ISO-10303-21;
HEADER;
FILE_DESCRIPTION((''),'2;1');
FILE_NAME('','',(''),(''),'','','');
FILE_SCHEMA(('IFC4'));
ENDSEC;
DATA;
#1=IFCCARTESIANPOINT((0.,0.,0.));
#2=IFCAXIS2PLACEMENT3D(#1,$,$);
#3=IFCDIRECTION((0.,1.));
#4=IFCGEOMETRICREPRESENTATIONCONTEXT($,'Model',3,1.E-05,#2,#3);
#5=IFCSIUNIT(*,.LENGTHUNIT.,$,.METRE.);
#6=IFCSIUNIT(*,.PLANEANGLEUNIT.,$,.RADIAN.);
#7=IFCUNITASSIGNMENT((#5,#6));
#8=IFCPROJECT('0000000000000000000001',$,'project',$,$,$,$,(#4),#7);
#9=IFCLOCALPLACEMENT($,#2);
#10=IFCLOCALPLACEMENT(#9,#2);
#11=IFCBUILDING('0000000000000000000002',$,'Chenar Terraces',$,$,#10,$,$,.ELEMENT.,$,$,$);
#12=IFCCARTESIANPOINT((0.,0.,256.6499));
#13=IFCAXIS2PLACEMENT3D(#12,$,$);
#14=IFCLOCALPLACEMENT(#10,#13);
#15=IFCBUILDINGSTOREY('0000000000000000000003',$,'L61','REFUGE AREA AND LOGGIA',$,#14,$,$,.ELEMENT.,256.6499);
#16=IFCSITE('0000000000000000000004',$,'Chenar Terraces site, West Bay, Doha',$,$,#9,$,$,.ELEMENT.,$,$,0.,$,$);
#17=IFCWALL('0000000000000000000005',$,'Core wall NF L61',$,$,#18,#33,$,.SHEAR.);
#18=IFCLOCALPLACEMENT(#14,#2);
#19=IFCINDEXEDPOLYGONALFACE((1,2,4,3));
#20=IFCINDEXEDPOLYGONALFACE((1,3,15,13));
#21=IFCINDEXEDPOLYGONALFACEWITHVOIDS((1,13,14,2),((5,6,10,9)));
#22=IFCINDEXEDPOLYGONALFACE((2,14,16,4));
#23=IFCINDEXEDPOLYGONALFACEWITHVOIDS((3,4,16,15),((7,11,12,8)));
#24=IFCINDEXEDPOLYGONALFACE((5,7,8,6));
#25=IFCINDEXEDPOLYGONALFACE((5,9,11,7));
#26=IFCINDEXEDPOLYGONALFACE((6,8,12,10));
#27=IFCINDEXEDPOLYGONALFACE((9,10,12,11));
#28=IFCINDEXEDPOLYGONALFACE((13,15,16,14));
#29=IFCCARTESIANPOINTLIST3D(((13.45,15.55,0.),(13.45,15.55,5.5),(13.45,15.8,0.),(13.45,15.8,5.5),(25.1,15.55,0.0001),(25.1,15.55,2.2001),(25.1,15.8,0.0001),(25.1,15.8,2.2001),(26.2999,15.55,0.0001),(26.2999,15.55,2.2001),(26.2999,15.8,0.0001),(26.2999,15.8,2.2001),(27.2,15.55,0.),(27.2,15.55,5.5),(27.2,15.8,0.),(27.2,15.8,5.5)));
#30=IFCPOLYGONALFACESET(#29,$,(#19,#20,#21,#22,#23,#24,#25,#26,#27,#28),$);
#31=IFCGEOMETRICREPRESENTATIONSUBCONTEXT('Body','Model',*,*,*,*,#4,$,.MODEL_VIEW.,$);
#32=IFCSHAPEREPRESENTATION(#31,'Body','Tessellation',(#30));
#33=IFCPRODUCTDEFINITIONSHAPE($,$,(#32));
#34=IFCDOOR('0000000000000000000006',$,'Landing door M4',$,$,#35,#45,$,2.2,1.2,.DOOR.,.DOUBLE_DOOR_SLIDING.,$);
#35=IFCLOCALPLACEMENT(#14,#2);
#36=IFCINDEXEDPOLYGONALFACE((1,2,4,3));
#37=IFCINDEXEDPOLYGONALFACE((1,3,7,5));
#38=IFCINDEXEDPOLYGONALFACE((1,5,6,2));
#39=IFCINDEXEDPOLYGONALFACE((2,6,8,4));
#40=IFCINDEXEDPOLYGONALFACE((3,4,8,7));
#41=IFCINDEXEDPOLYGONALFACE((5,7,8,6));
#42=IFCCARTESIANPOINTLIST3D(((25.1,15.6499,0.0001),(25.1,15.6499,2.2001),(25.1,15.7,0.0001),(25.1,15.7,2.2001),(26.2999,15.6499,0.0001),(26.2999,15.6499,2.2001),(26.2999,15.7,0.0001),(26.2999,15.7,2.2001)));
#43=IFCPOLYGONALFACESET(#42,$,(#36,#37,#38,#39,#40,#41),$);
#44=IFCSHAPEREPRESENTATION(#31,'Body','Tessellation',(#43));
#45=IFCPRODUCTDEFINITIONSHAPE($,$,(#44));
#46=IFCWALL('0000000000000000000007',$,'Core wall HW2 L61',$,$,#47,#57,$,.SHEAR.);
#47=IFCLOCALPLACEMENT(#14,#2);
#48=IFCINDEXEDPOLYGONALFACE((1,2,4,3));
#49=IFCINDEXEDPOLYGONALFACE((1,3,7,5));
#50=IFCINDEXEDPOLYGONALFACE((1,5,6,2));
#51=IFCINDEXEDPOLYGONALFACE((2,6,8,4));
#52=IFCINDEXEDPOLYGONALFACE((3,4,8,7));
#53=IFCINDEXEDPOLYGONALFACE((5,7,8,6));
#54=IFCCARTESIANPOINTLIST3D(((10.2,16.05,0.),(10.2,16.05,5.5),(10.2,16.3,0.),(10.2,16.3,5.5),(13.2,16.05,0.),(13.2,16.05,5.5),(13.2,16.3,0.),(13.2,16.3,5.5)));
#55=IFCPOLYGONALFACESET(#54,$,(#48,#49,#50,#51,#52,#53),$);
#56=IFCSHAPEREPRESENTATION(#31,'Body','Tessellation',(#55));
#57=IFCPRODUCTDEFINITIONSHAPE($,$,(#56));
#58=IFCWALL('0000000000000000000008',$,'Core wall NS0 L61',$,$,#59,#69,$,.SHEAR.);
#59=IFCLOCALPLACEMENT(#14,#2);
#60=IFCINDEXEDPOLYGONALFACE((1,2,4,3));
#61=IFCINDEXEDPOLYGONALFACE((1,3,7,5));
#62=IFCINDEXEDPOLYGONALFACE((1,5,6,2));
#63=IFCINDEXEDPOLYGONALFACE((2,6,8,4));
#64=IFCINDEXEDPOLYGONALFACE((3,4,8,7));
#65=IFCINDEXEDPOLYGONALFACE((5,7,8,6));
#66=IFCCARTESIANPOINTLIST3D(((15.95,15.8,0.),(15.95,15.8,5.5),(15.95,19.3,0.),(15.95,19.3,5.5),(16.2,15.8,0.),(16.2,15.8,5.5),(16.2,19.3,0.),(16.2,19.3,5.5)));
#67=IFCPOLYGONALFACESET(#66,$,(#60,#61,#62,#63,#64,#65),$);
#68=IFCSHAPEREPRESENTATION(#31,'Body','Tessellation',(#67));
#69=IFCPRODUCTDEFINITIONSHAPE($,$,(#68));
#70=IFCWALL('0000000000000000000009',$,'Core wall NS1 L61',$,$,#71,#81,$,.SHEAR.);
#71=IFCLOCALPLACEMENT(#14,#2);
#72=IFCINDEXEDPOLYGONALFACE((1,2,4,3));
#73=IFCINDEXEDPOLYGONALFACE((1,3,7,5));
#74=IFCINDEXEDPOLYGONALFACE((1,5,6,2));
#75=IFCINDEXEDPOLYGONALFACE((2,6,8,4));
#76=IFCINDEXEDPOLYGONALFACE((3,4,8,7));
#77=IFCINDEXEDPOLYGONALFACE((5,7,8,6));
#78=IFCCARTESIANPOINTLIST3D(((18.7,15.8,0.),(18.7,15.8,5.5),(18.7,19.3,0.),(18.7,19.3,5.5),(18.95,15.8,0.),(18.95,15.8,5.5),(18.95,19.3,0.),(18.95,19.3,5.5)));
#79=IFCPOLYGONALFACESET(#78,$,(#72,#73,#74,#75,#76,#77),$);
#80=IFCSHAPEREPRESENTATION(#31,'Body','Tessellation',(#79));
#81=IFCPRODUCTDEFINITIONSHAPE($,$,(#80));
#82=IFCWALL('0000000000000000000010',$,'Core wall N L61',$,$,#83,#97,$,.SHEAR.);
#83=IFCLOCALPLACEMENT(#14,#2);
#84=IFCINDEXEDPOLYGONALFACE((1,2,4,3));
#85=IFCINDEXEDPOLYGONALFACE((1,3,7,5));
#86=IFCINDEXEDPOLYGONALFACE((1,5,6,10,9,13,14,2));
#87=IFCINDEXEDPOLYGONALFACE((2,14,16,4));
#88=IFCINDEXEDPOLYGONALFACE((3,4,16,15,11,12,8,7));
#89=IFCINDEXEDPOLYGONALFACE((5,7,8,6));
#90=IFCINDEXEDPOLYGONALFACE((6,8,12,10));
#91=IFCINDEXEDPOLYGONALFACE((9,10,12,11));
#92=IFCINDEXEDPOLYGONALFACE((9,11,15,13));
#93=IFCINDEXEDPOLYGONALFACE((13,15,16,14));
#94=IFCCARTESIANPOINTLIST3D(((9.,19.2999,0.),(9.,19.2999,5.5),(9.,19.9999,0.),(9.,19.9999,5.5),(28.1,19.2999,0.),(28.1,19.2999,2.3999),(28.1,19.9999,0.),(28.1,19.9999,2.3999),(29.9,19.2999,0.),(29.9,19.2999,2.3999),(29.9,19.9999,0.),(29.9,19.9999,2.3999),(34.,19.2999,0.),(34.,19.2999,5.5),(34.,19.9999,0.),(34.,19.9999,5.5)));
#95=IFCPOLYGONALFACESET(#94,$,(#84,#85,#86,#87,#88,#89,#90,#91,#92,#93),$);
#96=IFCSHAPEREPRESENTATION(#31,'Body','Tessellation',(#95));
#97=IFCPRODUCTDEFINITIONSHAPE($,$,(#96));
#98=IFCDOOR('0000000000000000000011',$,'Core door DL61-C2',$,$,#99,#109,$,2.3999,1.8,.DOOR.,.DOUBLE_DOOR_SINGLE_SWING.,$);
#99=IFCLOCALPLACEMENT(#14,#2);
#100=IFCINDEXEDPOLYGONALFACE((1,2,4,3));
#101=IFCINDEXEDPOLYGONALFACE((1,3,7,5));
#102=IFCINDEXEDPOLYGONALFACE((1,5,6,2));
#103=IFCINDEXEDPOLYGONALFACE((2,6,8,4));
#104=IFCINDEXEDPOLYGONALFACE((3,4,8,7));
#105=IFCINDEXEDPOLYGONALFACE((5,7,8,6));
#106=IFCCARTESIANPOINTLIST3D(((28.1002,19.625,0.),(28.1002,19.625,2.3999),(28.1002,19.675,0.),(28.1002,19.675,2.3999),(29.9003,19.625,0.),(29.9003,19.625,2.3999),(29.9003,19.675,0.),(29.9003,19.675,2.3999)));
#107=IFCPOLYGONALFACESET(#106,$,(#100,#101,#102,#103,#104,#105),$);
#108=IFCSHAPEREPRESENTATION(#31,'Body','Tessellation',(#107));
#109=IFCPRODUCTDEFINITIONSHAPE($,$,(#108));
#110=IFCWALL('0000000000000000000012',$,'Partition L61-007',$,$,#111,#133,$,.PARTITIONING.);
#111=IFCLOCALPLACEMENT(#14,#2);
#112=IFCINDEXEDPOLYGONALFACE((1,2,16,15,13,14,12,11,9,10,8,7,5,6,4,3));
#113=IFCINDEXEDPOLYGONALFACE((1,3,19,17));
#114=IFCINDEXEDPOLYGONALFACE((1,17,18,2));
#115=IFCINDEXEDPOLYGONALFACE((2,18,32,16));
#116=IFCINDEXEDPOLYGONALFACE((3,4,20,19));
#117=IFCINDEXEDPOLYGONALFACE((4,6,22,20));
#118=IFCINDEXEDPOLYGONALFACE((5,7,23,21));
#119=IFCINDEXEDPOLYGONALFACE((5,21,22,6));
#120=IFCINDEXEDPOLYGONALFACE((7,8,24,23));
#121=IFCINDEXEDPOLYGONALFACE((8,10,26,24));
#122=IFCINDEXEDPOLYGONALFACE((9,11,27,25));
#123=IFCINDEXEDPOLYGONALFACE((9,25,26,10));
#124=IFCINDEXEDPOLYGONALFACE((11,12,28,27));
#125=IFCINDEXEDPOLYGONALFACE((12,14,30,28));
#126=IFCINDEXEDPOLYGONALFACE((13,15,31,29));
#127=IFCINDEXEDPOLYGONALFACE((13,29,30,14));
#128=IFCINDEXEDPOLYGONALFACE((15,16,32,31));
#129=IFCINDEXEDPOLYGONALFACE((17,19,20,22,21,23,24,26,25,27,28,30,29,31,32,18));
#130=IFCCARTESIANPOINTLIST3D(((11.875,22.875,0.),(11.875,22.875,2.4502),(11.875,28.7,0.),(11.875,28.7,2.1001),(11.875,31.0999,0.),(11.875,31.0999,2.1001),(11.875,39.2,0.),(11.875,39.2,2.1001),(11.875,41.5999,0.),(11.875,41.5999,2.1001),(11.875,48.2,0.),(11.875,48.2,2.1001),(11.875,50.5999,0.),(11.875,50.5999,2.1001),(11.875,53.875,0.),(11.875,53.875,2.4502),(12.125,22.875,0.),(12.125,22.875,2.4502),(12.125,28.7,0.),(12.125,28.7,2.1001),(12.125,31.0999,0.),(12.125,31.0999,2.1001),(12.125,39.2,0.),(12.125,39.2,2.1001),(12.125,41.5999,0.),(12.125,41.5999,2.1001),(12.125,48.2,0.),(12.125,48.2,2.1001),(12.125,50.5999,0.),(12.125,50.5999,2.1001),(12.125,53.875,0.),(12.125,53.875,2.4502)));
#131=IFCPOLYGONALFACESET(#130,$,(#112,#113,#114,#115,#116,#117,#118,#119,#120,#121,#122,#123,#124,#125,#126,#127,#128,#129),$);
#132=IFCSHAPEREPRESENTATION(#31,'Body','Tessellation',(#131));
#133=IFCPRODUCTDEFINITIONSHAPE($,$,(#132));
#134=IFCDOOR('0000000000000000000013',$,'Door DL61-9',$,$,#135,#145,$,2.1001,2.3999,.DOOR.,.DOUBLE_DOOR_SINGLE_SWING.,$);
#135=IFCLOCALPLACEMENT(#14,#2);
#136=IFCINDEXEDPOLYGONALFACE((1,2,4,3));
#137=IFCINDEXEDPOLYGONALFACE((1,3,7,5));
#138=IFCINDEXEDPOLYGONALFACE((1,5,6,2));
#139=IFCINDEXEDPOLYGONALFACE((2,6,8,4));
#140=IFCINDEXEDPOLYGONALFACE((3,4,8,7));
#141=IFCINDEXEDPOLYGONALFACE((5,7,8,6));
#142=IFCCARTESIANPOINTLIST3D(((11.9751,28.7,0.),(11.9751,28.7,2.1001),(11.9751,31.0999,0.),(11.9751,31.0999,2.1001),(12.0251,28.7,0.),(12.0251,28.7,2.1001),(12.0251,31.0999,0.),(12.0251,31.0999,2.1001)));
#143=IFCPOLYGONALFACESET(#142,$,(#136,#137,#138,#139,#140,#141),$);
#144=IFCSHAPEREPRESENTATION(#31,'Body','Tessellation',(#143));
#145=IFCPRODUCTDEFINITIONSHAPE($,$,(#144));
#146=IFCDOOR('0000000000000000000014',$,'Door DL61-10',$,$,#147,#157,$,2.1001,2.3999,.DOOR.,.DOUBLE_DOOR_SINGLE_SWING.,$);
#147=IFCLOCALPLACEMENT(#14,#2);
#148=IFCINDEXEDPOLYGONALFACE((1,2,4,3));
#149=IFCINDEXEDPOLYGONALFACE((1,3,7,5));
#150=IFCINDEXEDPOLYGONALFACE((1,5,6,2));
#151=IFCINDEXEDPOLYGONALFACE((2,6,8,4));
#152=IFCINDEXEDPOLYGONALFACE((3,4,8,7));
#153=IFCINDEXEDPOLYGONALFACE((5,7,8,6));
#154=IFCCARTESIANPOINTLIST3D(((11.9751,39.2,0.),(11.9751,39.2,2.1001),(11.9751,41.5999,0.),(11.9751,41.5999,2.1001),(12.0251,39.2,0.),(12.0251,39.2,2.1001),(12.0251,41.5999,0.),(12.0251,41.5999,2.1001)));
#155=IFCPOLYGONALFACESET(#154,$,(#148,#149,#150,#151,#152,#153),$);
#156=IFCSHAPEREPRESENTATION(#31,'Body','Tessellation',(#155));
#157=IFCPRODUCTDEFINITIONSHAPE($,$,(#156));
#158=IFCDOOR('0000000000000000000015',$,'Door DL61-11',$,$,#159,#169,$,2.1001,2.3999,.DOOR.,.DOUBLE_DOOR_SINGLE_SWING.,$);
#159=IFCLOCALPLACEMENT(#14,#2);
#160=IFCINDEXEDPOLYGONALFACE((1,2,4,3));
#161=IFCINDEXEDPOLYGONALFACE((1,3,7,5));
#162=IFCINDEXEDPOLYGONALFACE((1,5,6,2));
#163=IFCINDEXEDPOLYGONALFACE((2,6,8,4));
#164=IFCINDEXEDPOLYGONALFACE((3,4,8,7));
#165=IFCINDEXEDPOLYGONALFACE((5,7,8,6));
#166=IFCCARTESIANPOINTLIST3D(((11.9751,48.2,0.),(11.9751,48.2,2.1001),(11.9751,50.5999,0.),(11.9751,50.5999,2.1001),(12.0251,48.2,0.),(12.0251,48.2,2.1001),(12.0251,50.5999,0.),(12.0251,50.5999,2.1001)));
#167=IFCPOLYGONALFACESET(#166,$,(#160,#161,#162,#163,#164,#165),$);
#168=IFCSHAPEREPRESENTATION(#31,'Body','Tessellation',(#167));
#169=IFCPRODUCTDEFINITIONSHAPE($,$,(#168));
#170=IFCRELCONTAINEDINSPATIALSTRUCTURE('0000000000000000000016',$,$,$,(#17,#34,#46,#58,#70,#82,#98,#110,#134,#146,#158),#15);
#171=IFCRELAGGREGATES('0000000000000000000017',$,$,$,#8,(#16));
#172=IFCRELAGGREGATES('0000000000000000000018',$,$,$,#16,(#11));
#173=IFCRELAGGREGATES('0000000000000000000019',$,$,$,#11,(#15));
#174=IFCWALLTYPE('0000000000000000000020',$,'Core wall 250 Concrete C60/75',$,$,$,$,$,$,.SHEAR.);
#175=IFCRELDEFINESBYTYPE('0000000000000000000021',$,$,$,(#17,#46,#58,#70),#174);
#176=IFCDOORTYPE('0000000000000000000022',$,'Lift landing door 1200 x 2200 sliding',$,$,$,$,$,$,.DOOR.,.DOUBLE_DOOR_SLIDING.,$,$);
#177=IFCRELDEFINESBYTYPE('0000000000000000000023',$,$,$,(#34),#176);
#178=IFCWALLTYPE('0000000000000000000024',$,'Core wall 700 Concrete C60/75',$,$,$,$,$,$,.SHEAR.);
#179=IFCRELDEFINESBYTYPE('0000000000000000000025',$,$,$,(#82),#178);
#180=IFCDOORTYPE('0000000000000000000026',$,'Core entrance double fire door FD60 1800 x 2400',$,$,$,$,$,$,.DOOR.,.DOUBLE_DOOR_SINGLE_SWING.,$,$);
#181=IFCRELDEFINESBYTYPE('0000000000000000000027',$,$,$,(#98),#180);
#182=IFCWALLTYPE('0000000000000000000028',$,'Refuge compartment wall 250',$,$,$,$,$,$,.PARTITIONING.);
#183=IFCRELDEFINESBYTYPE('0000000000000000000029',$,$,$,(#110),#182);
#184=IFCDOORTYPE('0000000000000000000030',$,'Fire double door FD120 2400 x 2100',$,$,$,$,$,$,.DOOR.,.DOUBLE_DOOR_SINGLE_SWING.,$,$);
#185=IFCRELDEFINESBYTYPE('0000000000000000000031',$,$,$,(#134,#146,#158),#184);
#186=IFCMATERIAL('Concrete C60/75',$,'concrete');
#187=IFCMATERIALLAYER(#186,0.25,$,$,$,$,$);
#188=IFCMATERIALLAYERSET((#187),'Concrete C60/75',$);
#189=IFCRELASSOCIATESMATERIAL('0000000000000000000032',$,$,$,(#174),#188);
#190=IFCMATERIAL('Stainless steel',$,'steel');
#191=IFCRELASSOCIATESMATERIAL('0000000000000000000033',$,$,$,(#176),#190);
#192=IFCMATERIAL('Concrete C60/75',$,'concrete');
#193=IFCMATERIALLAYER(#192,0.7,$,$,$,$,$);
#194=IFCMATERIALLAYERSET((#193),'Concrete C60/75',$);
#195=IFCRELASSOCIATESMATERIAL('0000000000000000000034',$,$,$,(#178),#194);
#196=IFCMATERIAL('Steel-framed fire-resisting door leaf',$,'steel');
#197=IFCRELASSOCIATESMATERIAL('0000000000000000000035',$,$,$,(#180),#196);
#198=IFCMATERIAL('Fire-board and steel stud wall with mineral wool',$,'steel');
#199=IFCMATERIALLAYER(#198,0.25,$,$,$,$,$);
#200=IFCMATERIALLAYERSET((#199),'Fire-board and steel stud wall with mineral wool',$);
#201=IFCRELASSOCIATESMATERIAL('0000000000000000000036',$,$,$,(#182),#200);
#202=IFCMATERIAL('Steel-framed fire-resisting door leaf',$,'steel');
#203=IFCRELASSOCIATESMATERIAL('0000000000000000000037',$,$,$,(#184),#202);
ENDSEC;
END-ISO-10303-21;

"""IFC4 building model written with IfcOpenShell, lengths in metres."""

from ifc_helpers import new_model, si_unit, direction, frame, frame_2d, origin, place, context, subcontext, project, spatial, rectangle, extrude, material, layer, layer_set, type_object, element, fill, save


model = new_model("IFC4")

# Units and contexts
model_context = context("Model", 3, precision=1e-05, world=origin(), true_north=direction((0.0, 1.0)))
body_context = subcontext(model_context, "Body", "Model", "MODEL_VIEW")
ifc_project = project(units=[si_unit("LENGTHUNIT", "METRE"), si_unit("PLANEANGLEUNIT", "RADIAN")], contexts=[model_context])

# Site, building, storey
site_placement = place(None, origin())
site = spatial("IfcSite", under=ifc_project, at=site_placement, Name="Chenar Terraces site, West Bay, Doha", CompositionType="ELEMENT", RefElevation=0.0)
building_placement = place(site_placement, origin())
building = spatial("IfcBuilding", under=site, at=building_placement, Name="Chenar Terraces", CompositionType="ELEMENT")
storey_placement = place(building_placement, frame((0.0, 0.0, 256.6499)))
storey = spatial("IfcBuildingStorey", under=building, at=storey_placement, Name="L61", Description="REFUGE AREA AND LOGGIA", CompositionType="ELEMENT", Elevation=256.6499)

# Wall, opening, door
ifc_material_1 = material(Name="Concrete C60/75", Category="concrete")
ifc_layer_1 = layer(ifc_material_1, 0.25)
ifc_layer_set_1 = layer_set([ifc_layer_1], Name="Concrete C60/75")
wall_type_1 = type_object("IfcWallType", Name="Core wall 250 Concrete C60/75", PredefinedType="SHEAR", material=ifc_layer_set_1)
wall_1_placement = place(storey_placement, frame((13.45, 15.675, 0.0), z_axis=(0.0, 0.0, 1.0), x_axis=(1.0, 0.0, 0.0)))
wall_1 = element("IfcWall", 1, at=wall_1_placement, inside=storey, type_object=wall_type_1, Name="Core wall NF L61", PredefinedType="SHEAR", context=body_context, shape_type="SweptSolid", body=[
    extrude(rectangle(XDim=13.75, YDim=0.25, at=frame_2d((6.875, 0.0))), origin(), (0.0, 0.0, 1.0), 5.5),
])
opening_1_placement = place(wall_1_placement, frame((11.6499, 0.0, 0.0)))
opening_1 = element("IfcOpeningElement", 2, at=opening_1_placement, cuts=wall_1, PredefinedType="OPENING", context=body_context, shape_type="SweptSolid", body=[
    extrude(rectangle(XDim=1.2, YDim=2.2, at=frame_2d((0.6001, 1.1001))), frame((0.0, 0.135, 0.0), z_axis=(0.0, -1.0, 0.0), x_axis=(1.0, 0.0, 0.0)), (0.0, 0.0, 1.0), 0.27),
])
ifc_material_2 = material(Name="Stainless steel", Category="steel")
door_type_1 = type_object("IfcDoorType", Name="Lift landing door 1200 x 2200 sliding", OperationType="DOUBLE_DOOR_SLIDING", PredefinedType="DOOR", material=ifc_material_2)
door_1_placement = place(opening_1_placement, origin())
door_1 = element("IfcDoor", 3, at=door_1_placement, inside=storey, type_object=door_type_1, Name="Landing door M4", OperationType="DOUBLE_DOOR_SLIDING", OverallHeight=2.2, OverallWidth=1.2, PredefinedType="DOOR", context=body_context, shape_type="SweptSolid", body=[
    extrude(rectangle(XDim=1.2, YDim=2.2, at=frame_2d((0.6001, 1.1001))), frame((0.0, 0.0249, 0.0), z_axis=(0.0, -1.0, 0.0), x_axis=(1.0, 0.0, 0.0)), (0.0, 0.0, 1.0), 0.05),
])
fill(opening_1, door_1)

# Walls
wall_2_placement = place(storey_placement, frame((10.2, 16.175, 0.0), z_axis=(0.0, 0.0, 1.0), x_axis=(1.0, 0.0, 0.0)))
element("IfcWall", 4, at=wall_2_placement, inside=storey, type_object=wall_type_1, Name="Core wall HW2 L61", PredefinedType="SHEAR", context=body_context, shape_type="SweptSolid", body=[
    extrude(rectangle(XDim=3.0, YDim=0.25, at=frame_2d((1.5, 0.0))), origin(), (0.0, 0.0, 1.0), 5.5),
])
for number, where, z_axis, x_axis, name in (
    (5, (16.075, 15.8, 0.0), (0.0, 0.0, 1.0), (0.0, 1.0, 0.0), "Core wall NS0 L61"),
    (6, (18.825, 15.8, 0.0), (0.0, 0.0, 1.0), (0.0, 1.0, 0.0), "Core wall NS1 L61"),
):
    element("IfcWall", number, at=place(storey_placement, frame(where, z_axis=z_axis, x_axis=x_axis)), inside=storey, type_object=wall_type_1, Name=name, PredefinedType="SHEAR", context=body_context, shape_type="SweptSolid", body=[
        extrude(rectangle(XDim=3.5, YDim=0.25, at=frame_2d((1.75, 0.0))), origin(), (0.0, 0.0, 1.0), 5.5),
    ])

# Wall, opening, door
ifc_material_3 = material(Name="Concrete C60/75", Category="concrete")
ifc_layer_2 = layer(ifc_material_3, 0.7)
ifc_layer_set_2 = layer_set([ifc_layer_2], Name="Concrete C60/75")
wall_type_2 = type_object("IfcWallType", Name="Core wall 700 Concrete C60/75", PredefinedType="SHEAR", material=ifc_layer_set_2)
wall_3_placement = place(storey_placement, frame((9.0, 19.6499, 0.0), z_axis=(0.0, 0.0, 1.0), x_axis=(1.0, 0.0, 0.0)))
wall_3 = element("IfcWall", 7, at=wall_3_placement, inside=storey, type_object=wall_type_2, Name="Core wall N L61", PredefinedType="SHEAR", context=body_context, shape_type="SweptSolid", body=[
    extrude(rectangle(XDim=25.0, YDim=0.7, at=frame_2d((12.5, 0.0))), origin(), (0.0, 0.0, 1.0), 5.5),
])
opening_2_placement = place(wall_3_placement, frame((19.1001, 0.0, 0.0)))
opening_2 = element("IfcOpeningElement", 8, at=opening_2_placement, cuts=wall_3, PredefinedType="OPENING", context=body_context, shape_type="SweptSolid", body=[
    extrude(rectangle(XDim=1.8, YDim=2.3999, at=frame_2d((0.8999, 1.2))), frame((0.0, 0.3599, 0.0), z_axis=(0.0, -1.0, 0.0), x_axis=(1.0, 0.0, 0.0)), (0.0, 0.0, 1.0), 0.72),
])
ifc_material_4 = material(Name="Steel-framed fire-resisting door leaf", Category="steel")
door_type_2 = type_object("IfcDoorType", Name="Core entrance double fire door FD60 1800 x 2400", OperationType="DOUBLE_DOOR_SINGLE_SWING", PredefinedType="DOOR", material=ifc_material_4)
door_2_placement = place(opening_2_placement, frame((1.8, 0.0, 0.0), z_axis=(0.0, 0.0, 1.0), x_axis=(-1.0, 0.0, 0.0)))
door_2 = element("IfcDoor", 9, at=door_2_placement, inside=storey, type_object=door_type_2, Name="Core door DL61-C2", OperationType="DOUBLE_DOOR_SINGLE_SWING", OverallHeight=2.3999, OverallWidth=1.8, PredefinedType="DOOR", context=body_context, shape_type="SweptSolid", body=[
    extrude(rectangle(XDim=1.8, YDim=2.3999, at=frame_2d((0.8999, 1.2))), frame((0.0, 0.0249, 0.0), z_axis=(0.0, -1.0, 0.0), x_axis=(1.0, 0.0, 0.0)), (0.0, 0.0, 1.0), 0.05),
])
fill(opening_2, door_2)

# Wall, openings, doors
ifc_material_5 = material(Name="Fire-board and steel stud wall with mineral wool", Category="steel")
ifc_layer_3 = layer(ifc_material_5, 0.25)
ifc_layer_set_3 = layer_set([ifc_layer_3], Name="Fire-board and steel stud wall with mineral wool")
wall_type_3 = type_object("IfcWallType", Name="Refuge compartment wall 250", PredefinedType="PARTITIONING", material=ifc_layer_set_3)
wall_4_placement = place(storey_placement, frame((12.0, 22.875, 0.0), z_axis=(0.0, 0.0, 1.0), x_axis=(0.0, 1.0, 0.0)))
wall_4 = element("IfcWall", 10, at=wall_4_placement, inside=storey, type_object=wall_type_3, Name="Partition L61-007", PredefinedType="PARTITIONING", context=body_context, shape_type="SweptSolid", body=[
    extrude(rectangle(XDim=31.0, YDim=0.25, at=frame_2d((15.5, 0.0))), origin(), (0.0, 0.0, 1.0), 2.4502),
])
opening_3_placement = place(wall_4_placement, frame((5.825, 0.0, 0.0)))
opening_3 = element("IfcOpeningElement", 11, at=opening_3_placement, cuts=wall_4, PredefinedType="OPENING", context=body_context, shape_type="SweptSolid", body=[
    extrude(rectangle(XDim=2.3999, YDim=2.1001, at=frame_2d((1.2, 1.05))), frame((0.0, 0.135, 0.0), z_axis=(0.0, -1.0, 0.0), x_axis=(1.0, 0.0, 0.0)), (0.0, 0.0, 1.0), 0.27),
])
opening_4_placement = place(wall_4_placement, frame((16.325, 0.0, 0.0)))
opening_4 = element("IfcOpeningElement", 12, at=opening_4_placement, cuts=wall_4, PredefinedType="OPENING", context=body_context, shape_type="SweptSolid", body=[
    extrude(rectangle(XDim=2.3999, YDim=2.1001, at=frame_2d((1.2, 1.05))), frame((0.0, 0.135, 0.0), z_axis=(0.0, -1.0, 0.0), x_axis=(1.0, 0.0, 0.0)), (0.0, 0.0, 1.0), 0.27),
])
opening_5_placement = place(wall_4_placement, frame((25.325, 0.0, 0.0)))
opening_5 = element("IfcOpeningElement", 13, at=opening_5_placement, cuts=wall_4, PredefinedType="OPENING", context=body_context, shape_type="SweptSolid", body=[
    extrude(rectangle(XDim=2.3999, YDim=2.1001, at=frame_2d((1.2, 1.05))), frame((0.0, 0.135, 0.0), z_axis=(0.0, -1.0, 0.0), x_axis=(1.0, 0.0, 0.0)), (0.0, 0.0, 1.0), 0.27),
])
ifc_material_6 = material(Name="Steel-framed fire-resisting door leaf", Category="steel")
door_type_3 = type_object("IfcDoorType", Name="Fire double door FD120 2400 x 2100", OperationType="DOUBLE_DOOR_SINGLE_SWING", PredefinedType="DOOR", material=ifc_material_6)
door_3_placement = place(opening_3_placement, origin())
door_3 = element("IfcDoor", 14, at=door_3_placement, inside=storey, type_object=door_type_3, Name="Door DL61-9", OperationType="DOUBLE_DOOR_SINGLE_SWING", OverallHeight=2.1001, OverallWidth=2.3999, PredefinedType="DOOR", context=body_context, shape_type="SweptSolid", body=[
    extrude(rectangle(XDim=2.3999, YDim=2.1001, at=frame_2d((1.2, 1.05))), frame((0.0, 0.0249, 0.0), z_axis=(0.0, -1.0, 0.0), x_axis=(1.0, 0.0, 0.0)), (0.0, 0.0, 1.0), 0.05),
])
fill(opening_3, door_3)
door_4_placement = place(opening_4_placement, origin())
door_4 = element("IfcDoor", 15, at=door_4_placement, inside=storey, type_object=door_type_3, Name="Door DL61-10", OperationType="DOUBLE_DOOR_SINGLE_SWING", OverallHeight=2.1001, OverallWidth=2.3999, PredefinedType="DOOR", context=body_context, shape_type="SweptSolid", body=[
    extrude(rectangle(XDim=2.3999, YDim=2.1001, at=frame_2d((1.2, 1.05))), frame((0.0, 0.0249, 0.0), z_axis=(0.0, -1.0, 0.0), x_axis=(1.0, 0.0, 0.0)), (0.0, 0.0, 1.0), 0.05),
])
fill(opening_4, door_4)
door_5_placement = place(opening_5_placement, origin())
door_5 = element("IfcDoor", 16, at=door_5_placement, inside=storey, type_object=door_type_3, Name="Door DL61-11", OperationType="DOUBLE_DOOR_SINGLE_SWING", OverallHeight=2.1001, OverallWidth=2.3999, PredefinedType="DOOR", context=body_context, shape_type="SweptSolid", body=[
    extrude(rectangle(XDim=2.3999, YDim=2.1001, at=frame_2d((1.2, 1.05))), frame((0.0, 0.0249, 0.0), z_axis=(0.0, -1.0, 0.0), x_axis=(1.0, 0.0, 0.0)), (0.0, 0.0, 1.0), 0.05),
])
fill(opening_5, door_5)

save(model, "model.ifc")
